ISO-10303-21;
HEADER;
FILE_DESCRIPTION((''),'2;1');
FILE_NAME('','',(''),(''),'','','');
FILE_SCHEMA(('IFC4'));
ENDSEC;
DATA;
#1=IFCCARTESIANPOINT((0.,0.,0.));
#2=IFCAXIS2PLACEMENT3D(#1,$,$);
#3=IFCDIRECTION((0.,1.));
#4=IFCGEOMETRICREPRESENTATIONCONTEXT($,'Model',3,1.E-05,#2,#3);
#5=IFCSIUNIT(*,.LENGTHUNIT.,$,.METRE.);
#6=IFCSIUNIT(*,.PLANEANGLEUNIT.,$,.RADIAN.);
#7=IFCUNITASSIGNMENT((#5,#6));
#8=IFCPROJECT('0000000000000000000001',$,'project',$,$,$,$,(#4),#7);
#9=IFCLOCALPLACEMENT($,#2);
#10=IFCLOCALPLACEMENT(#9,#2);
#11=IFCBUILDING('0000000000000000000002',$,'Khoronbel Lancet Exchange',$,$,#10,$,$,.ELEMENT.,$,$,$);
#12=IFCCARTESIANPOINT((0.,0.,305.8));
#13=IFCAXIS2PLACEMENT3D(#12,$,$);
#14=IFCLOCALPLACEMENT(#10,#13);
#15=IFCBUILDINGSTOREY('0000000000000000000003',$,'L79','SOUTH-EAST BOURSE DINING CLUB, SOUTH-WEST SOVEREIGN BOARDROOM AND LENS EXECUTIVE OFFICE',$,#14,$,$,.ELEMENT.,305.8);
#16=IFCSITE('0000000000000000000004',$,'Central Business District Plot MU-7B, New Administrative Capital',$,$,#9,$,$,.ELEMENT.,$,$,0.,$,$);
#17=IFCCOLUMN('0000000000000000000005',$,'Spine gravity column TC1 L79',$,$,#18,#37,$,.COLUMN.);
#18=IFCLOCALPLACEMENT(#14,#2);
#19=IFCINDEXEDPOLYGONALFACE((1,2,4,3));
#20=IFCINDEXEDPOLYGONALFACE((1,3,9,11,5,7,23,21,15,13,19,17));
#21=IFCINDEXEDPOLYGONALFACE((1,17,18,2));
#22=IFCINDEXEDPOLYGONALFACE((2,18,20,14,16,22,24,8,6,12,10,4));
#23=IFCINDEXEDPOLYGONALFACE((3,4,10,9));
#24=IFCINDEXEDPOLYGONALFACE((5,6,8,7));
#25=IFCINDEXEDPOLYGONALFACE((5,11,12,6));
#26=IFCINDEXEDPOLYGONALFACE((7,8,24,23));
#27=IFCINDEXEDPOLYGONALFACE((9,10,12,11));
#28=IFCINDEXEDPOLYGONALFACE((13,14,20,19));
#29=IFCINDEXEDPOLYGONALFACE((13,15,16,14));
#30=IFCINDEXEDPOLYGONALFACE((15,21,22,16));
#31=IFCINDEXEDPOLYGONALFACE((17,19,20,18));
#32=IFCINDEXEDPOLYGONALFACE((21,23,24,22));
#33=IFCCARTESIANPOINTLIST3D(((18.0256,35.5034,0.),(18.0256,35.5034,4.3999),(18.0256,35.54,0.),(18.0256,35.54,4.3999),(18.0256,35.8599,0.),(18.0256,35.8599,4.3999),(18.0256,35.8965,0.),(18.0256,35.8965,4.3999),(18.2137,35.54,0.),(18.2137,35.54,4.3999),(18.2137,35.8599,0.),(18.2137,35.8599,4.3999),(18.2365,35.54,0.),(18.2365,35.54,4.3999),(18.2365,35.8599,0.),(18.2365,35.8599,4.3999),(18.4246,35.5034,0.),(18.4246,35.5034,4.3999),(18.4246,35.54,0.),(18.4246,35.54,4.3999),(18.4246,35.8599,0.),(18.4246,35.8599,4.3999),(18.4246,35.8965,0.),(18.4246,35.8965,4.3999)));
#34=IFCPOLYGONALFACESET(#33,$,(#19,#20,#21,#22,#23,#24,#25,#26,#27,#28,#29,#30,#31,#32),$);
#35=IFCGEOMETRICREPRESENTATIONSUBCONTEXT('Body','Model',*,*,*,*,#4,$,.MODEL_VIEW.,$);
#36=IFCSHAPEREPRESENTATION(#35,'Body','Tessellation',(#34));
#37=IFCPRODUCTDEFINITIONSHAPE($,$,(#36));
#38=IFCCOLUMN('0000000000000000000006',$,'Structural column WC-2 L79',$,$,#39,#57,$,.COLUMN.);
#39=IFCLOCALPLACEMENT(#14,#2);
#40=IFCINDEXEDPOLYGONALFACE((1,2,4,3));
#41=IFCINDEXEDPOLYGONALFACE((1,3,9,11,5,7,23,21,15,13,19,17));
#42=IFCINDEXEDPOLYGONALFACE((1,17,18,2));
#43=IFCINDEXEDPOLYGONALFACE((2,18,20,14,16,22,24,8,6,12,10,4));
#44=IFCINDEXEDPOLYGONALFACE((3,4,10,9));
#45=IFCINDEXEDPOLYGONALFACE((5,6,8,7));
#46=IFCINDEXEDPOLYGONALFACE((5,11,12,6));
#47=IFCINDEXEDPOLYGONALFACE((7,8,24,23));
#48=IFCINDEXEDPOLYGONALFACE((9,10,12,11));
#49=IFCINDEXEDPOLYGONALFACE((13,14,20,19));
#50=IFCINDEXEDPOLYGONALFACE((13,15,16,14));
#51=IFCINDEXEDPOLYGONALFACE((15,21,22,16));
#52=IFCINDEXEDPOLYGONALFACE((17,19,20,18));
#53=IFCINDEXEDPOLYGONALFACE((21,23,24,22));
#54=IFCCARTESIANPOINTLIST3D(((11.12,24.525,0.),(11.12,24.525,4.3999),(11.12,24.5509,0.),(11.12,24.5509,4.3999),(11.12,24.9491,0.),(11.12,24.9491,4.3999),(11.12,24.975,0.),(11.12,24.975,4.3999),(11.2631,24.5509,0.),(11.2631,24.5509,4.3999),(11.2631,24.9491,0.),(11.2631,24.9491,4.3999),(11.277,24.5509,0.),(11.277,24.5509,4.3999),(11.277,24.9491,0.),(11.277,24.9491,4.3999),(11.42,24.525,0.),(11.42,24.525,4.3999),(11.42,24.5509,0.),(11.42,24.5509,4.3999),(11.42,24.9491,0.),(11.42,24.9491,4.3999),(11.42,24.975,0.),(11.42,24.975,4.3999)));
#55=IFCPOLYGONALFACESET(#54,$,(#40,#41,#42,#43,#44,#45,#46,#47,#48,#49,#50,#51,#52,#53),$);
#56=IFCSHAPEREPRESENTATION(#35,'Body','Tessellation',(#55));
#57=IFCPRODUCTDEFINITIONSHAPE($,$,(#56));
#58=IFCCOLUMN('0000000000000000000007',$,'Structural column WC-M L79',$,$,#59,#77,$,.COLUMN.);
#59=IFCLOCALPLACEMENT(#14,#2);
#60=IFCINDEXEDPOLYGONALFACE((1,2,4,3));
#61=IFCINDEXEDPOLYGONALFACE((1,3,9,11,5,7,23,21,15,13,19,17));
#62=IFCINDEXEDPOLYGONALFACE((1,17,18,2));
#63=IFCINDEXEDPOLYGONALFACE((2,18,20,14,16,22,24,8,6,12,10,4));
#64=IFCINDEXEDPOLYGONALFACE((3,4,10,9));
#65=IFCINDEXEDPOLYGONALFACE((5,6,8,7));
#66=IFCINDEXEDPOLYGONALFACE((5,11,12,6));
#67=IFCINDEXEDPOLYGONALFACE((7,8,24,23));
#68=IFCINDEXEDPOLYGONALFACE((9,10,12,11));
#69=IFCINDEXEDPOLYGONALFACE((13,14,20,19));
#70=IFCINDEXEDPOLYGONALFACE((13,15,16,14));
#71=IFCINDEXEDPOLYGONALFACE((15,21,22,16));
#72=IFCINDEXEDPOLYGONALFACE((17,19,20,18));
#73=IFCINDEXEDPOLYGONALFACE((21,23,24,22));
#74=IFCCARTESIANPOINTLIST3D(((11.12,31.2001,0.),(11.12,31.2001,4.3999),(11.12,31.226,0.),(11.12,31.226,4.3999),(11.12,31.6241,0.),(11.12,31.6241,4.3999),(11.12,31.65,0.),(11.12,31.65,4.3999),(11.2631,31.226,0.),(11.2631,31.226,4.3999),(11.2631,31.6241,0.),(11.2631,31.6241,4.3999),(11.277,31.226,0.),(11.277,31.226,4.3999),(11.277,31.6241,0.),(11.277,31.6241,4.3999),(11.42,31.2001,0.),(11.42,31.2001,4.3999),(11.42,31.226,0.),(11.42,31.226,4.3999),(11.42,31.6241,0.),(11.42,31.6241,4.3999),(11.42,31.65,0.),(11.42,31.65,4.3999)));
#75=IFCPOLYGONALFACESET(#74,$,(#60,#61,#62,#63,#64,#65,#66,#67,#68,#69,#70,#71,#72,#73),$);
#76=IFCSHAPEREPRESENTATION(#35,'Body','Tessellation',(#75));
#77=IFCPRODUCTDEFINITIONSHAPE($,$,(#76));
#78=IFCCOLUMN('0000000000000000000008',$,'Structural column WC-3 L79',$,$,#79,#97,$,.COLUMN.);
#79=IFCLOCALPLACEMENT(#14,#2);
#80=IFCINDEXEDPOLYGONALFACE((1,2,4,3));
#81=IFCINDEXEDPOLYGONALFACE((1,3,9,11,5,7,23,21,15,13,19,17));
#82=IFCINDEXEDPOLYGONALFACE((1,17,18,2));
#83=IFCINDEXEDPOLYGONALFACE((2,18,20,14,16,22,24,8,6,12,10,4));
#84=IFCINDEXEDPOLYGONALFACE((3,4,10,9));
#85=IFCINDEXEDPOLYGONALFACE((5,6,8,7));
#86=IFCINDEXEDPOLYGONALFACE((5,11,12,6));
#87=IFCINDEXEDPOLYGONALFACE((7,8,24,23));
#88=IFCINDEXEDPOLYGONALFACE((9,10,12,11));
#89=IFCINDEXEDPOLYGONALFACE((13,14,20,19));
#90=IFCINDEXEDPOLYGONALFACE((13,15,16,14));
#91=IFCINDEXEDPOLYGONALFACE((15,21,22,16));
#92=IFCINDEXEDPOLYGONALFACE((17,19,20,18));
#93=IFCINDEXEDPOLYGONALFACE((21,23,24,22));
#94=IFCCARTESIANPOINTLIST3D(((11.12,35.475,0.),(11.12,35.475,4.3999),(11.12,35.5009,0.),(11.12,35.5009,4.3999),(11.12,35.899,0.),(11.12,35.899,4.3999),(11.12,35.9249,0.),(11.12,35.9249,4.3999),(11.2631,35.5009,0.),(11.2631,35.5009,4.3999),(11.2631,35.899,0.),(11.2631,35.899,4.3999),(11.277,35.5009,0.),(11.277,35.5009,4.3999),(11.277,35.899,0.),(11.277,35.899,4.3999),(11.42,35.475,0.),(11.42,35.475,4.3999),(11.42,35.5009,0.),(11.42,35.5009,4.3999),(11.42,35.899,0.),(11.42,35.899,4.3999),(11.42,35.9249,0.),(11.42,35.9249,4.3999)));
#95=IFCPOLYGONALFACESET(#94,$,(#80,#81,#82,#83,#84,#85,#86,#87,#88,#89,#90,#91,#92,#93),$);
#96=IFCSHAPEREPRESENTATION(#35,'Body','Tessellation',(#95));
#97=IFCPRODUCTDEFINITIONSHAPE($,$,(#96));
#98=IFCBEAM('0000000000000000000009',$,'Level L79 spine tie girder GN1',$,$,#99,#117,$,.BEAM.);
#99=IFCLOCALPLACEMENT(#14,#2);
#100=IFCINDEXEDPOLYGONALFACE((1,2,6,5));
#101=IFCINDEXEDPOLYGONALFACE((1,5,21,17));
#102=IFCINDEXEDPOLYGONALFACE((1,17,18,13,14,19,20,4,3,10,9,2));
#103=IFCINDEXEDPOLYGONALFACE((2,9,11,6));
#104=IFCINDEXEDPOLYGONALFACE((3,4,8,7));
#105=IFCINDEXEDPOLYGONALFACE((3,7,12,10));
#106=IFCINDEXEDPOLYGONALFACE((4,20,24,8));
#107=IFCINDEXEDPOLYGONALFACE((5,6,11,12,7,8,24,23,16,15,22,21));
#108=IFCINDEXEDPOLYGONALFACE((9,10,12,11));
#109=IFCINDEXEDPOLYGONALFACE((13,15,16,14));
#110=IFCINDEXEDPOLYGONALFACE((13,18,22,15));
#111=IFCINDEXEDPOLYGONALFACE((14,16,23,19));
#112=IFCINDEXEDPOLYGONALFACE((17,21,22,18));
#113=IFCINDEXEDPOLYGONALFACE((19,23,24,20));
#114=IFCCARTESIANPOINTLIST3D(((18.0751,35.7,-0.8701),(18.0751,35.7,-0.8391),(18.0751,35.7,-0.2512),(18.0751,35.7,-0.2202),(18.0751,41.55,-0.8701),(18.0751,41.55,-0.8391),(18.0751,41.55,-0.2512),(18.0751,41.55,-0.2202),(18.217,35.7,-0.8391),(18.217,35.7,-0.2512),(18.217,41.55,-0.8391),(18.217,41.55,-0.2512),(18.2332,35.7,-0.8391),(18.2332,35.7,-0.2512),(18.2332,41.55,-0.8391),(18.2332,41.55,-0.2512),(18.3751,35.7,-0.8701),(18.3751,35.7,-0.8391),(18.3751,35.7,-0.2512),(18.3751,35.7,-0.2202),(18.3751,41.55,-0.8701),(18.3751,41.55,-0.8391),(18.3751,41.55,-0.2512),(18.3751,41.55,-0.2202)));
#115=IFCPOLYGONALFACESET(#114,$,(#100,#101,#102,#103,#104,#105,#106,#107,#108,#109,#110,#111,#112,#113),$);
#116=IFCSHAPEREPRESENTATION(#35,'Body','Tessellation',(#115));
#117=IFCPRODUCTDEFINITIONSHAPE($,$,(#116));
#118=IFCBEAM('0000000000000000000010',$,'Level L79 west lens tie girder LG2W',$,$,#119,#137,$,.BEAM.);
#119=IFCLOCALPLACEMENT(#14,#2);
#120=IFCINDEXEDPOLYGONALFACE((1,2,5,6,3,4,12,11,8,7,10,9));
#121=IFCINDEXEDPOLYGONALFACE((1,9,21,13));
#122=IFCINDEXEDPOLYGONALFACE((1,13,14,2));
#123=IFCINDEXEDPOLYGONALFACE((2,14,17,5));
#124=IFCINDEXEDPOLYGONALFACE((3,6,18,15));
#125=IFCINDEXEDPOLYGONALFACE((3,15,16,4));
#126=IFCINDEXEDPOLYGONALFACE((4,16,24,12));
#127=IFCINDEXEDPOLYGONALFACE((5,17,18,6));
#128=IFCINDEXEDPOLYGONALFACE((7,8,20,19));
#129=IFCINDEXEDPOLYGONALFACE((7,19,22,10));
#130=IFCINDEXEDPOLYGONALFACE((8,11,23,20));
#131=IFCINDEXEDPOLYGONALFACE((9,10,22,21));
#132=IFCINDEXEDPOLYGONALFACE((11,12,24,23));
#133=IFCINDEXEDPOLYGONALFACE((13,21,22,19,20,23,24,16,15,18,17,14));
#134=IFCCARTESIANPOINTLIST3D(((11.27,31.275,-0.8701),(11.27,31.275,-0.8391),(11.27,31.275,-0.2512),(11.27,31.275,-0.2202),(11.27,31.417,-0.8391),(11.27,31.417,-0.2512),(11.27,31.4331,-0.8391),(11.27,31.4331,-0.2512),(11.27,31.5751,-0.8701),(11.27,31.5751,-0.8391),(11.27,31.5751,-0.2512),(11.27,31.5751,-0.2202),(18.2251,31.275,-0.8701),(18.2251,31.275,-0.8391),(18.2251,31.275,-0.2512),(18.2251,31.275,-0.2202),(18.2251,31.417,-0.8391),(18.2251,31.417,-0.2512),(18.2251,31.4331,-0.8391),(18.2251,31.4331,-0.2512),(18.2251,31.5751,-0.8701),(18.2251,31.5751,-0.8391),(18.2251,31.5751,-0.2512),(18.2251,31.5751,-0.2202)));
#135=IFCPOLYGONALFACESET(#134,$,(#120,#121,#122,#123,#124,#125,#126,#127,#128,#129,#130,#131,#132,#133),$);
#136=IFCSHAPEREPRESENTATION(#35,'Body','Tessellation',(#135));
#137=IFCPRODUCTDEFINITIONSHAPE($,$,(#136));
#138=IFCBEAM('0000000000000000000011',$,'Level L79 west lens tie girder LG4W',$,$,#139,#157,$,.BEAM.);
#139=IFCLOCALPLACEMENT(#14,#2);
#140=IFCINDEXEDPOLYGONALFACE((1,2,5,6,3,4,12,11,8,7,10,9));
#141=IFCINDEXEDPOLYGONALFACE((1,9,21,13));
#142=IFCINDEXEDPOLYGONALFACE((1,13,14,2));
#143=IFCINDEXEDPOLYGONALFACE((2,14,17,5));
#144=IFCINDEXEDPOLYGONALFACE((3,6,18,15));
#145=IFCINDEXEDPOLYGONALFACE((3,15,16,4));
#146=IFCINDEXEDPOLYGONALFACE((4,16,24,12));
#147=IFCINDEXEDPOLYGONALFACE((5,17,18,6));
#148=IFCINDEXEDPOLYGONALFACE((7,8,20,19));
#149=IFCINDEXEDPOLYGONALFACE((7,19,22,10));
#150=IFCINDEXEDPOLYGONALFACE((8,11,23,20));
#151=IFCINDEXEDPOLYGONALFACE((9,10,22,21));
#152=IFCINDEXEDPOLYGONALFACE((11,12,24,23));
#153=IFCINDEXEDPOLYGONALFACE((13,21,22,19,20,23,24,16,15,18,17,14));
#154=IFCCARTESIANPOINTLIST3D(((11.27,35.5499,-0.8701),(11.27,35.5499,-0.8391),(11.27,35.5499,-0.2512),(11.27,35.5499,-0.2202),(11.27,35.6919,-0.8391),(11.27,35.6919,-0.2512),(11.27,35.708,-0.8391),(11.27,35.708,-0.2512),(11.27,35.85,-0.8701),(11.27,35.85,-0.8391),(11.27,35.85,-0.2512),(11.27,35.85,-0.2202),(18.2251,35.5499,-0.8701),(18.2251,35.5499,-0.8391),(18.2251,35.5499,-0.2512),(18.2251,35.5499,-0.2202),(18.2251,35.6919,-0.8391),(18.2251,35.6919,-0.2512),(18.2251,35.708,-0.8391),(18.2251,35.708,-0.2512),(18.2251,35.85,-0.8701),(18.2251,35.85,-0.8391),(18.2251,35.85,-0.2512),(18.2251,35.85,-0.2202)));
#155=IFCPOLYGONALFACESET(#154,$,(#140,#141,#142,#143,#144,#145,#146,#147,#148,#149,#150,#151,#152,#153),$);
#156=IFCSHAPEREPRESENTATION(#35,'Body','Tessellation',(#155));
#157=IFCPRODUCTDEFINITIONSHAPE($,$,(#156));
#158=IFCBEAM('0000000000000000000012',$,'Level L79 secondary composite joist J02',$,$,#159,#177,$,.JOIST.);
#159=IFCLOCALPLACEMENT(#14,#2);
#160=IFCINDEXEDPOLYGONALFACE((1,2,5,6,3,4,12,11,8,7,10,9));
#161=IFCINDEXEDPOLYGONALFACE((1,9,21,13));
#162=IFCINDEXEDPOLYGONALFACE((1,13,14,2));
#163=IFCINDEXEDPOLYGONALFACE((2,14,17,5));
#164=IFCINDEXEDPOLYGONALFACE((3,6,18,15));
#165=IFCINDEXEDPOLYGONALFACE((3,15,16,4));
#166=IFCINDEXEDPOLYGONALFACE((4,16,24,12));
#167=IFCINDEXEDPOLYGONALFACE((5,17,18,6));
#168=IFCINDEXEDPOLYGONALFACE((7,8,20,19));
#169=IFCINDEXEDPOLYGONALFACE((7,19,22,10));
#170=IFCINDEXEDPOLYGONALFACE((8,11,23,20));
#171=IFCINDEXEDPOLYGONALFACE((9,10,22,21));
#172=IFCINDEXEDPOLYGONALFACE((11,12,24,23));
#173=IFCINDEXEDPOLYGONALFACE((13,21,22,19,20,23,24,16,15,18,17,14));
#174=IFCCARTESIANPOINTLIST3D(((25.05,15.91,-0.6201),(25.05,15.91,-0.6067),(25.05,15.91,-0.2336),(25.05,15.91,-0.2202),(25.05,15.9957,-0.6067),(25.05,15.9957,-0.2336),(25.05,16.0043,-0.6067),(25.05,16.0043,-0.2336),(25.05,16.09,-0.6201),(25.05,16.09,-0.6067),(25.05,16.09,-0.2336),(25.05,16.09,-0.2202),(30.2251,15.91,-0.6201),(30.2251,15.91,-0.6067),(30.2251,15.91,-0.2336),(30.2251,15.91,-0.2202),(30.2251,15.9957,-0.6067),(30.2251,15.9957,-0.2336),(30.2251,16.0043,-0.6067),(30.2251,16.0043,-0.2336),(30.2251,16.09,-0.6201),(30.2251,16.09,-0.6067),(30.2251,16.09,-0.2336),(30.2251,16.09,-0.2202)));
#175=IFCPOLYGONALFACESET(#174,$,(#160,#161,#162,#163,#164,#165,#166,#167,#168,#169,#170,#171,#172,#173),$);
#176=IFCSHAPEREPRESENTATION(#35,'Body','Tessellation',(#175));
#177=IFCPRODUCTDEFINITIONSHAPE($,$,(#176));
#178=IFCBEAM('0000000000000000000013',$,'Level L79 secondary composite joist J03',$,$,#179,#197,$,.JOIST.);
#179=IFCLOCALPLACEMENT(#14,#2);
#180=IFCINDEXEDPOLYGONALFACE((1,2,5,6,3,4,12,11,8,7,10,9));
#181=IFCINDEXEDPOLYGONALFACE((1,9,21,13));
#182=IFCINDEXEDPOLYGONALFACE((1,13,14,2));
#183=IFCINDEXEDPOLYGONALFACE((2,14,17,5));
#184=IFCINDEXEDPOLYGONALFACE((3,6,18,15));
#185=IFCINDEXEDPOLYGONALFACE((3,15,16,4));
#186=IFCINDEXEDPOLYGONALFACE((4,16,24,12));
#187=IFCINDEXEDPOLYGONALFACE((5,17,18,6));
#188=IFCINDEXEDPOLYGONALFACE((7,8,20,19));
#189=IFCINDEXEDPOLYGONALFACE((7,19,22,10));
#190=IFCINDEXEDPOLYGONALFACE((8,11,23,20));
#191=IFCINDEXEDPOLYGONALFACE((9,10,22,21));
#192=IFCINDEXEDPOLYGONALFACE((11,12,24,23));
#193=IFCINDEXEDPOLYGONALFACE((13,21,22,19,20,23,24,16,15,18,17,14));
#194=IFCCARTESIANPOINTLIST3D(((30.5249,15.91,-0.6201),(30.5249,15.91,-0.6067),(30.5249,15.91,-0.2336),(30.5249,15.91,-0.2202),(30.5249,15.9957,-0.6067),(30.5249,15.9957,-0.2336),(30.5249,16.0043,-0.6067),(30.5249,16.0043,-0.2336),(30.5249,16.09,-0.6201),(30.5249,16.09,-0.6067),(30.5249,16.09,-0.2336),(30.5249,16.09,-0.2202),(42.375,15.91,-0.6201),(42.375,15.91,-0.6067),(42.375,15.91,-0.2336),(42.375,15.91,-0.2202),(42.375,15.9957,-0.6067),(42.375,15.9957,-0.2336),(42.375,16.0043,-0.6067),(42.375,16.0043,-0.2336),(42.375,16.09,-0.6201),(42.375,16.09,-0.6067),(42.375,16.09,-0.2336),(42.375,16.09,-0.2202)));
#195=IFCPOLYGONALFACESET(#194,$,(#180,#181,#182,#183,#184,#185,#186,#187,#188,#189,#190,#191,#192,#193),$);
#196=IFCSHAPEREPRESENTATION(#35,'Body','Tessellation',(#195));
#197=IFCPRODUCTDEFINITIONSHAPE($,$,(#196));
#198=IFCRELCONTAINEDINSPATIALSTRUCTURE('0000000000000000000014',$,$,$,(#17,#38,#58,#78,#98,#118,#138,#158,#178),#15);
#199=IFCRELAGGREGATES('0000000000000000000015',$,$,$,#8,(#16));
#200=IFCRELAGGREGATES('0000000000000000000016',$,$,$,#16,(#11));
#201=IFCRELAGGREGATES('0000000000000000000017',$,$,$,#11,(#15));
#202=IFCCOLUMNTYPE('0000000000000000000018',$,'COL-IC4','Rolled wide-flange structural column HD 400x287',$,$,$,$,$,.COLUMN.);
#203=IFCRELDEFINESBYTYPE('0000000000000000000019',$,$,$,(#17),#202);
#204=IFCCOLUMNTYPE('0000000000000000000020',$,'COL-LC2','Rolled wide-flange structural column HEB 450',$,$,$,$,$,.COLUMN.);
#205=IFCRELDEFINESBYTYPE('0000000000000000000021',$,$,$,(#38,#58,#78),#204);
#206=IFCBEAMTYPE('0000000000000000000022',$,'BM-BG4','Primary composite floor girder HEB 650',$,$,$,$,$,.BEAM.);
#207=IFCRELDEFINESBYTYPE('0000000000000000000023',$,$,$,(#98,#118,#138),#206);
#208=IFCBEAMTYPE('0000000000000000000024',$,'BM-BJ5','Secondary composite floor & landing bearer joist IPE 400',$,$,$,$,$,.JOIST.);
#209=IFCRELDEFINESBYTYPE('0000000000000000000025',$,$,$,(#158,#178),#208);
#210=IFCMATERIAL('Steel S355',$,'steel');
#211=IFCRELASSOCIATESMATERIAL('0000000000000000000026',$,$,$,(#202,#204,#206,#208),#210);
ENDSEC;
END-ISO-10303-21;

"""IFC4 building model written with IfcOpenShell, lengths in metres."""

from ifc_helpers import new_model, si_unit, direction, frame, origin, origin_2d, place, context, subcontext, project, spatial, i_section, extrude, material, material_profile, profile_set, type_object, element, save


model = new_model("IFC4")

# Units and contexts
model_context = context("Model", 3, precision=1e-05, world=origin(), true_north=direction((0.0, 1.0)))
body_context = subcontext(model_context, "Body", "Model", "MODEL_VIEW")
ifc_project = project(units=[si_unit("LENGTHUNIT", "METRE"), si_unit("PLANEANGLEUNIT", "RADIAN")], contexts=[model_context])

# Site, building, storey
site_placement = place(None, origin())
site = spatial("IfcSite", under=ifc_project, at=site_placement, Name="Central Business District Plot MU-7B, New Administrative Capital", CompositionType="ELEMENT", RefElevation=0.0)
building_placement = place(site_placement, origin())
building = spatial("IfcBuilding", under=site, at=building_placement, Name="Khoronbel Lancet Exchange", CompositionType="ELEMENT")
storey_placement = place(building_placement, frame((0.0, 0.0, 305.8)))
storey = spatial("IfcBuildingStorey", under=building, at=storey_placement, Name="L79", Description="SOUTH-EAST BOURSE DINING CLUB, SOUTH-WEST SOVEREIGN BOARDROOM AND LENS EXECUTIVE OFFICE", CompositionType="ELEMENT", Elevation=305.8)

# Columns
ifc_material_1 = material(Name="Steel S355", Category="steel")
ifc_material_profile_1 = material_profile(ifc_material_1, i_section(OverallWidth=0.3989, OverallDepth=0.3931, WebThickness=0.0227, FlangeThickness=0.0366, at=origin_2d()), Name="HD 400x287")
ifc_profile_set_1 = profile_set([ifc_material_profile_1], Name="Steel S355")
column_type_1 = type_object("IfcColumnType", Name="COL-IC4", Description="Rolled wide-flange structural column HD 400x287", PredefinedType="COLUMN", material=ifc_profile_set_1)
column_placement = place(storey_placement, frame((18.2251, 35.7, 0.0), z_axis=(0.0, 0.0, 1.0), x_axis=(1.0, 0.0, 0.0)))
element("IfcColumn", 1, at=column_placement, inside=storey, type_object=column_type_1, Name="Spine gravity column TC1 L79", PredefinedType="COLUMN", context=body_context, shape_type="SweptSolid", body=[
    extrude(i_section(OverallWidth=0.3989, OverallDepth=0.3931, WebThickness=0.0227, FlangeThickness=0.0366, at=origin_2d()), origin(), (0.0, 0.0, 1.0), 4.3999),
])
ifc_material_profile_2 = material_profile(ifc_material_1, i_section(OverallWidth=0.3, OverallDepth=0.45, WebThickness=0.0139, FlangeThickness=0.0259, at=origin_2d()), Name="HEB 450")
ifc_profile_set_2 = profile_set([ifc_material_profile_2], Name="Steel S355")
column_type_2 = type_object("IfcColumnType", Name="COL-LC2", Description="Rolled wide-flange structural column HEB 450", PredefinedType="COLUMN", material=ifc_profile_set_2)
for number, where, z_axis, x_axis, name in (
    (2, (11.27, 24.75, 0.0), (0.0, 0.0, 1.0), (1.0, 0.0, 0.0), "Structural column WC-2 L79"),
    (3, (11.27, 31.425, 0.0), (0.0, 0.0, 1.0), (1.0, 0.0, 0.0), "Structural column WC-M L79"),
    (4, (11.27, 35.7, 0.0), (0.0, 0.0, 1.0), (1.0, 0.0, 0.0), "Structural column WC-3 L79"),
):
    element("IfcColumn", number, at=place(storey_placement, frame(where, z_axis=z_axis, x_axis=x_axis)), inside=storey, type_object=column_type_2, Name=name, PredefinedType="COLUMN", context=body_context, shape_type="SweptSolid", body=[
        extrude(i_section(OverallWidth=0.3, OverallDepth=0.45, WebThickness=0.0139, FlangeThickness=0.0259, at=origin_2d()), origin(), (0.0, 0.0, 1.0), 4.3999),
    ])

# Beams
ifc_material_profile_3 = material_profile(ifc_material_1, i_section(OverallWidth=0.3, OverallDepth=0.6499, WebThickness=0.0161, FlangeThickness=0.031, at=origin_2d()), Name="HEB 650")
ifc_profile_set_3 = profile_set([ifc_material_profile_3], Name="Steel S355")
beam_type_1 = type_object("IfcBeamType", Name="BM-BG4", Description="Primary composite floor girder HEB 650", PredefinedType="BEAM", material=ifc_profile_set_3)
beam_1_placement = place(storey_placement, frame((18.2251, 35.7, -0.5452), z_axis=(0.0, 1.0, 0.0), x_axis=(-1.0, 0.0, 0.0)))
element("IfcBeam", 5, at=beam_1_placement, inside=storey, type_object=beam_type_1, Name="Level L79 spine tie girder GN1", PredefinedType="BEAM", context=body_context, shape_type="SweptSolid", body=[
    extrude(i_section(OverallWidth=0.3, OverallDepth=0.6499, WebThickness=0.0161, FlangeThickness=0.031, at=origin_2d()), origin(), (0.0, 0.0, 1.0), 5.8501),
])
for number, where, z_axis, x_axis, name in (
    (6, (11.27, 31.425, -0.5452), (1.0, 0.0, 0.0), (0.0, 1.0, 0.0), "Level L79 west lens tie girder LG2W"),
    (7, (11.27, 35.7, -0.5452), (1.0, 0.0, 0.0), (0.0, 1.0, 0.0), "Level L79 west lens tie girder LG4W"),
):
    element("IfcBeam", number, at=place(storey_placement, frame(where, z_axis=z_axis, x_axis=x_axis)), inside=storey, type_object=beam_type_1, Name=name, PredefinedType="BEAM", context=body_context, shape_type="SweptSolid", body=[
        extrude(i_section(OverallWidth=0.3, OverallDepth=0.6499, WebThickness=0.0161, FlangeThickness=0.031, at=origin_2d()), origin(), (0.0, 0.0, 1.0), 6.9551),
    ])
ifc_material_profile_4 = material_profile(ifc_material_1, i_section(OverallWidth=0.1799, OverallDepth=0.3999, WebThickness=0.0085, FlangeThickness=0.0134, at=origin_2d()), Name="IPE 400")
ifc_profile_set_4 = profile_set([ifc_material_profile_4], Name="Steel S355")
beam_type_2 = type_object("IfcBeamType", Name="BM-BJ5", Description="Secondary composite floor & landing bearer joist IPE 400", PredefinedType="JOIST", material=ifc_profile_set_4)
beam_2_placement = place(storey_placement, frame((25.05, 16.0, -0.4202), z_axis=(1.0, 0.0, 0.0), x_axis=(0.0, 1.0, 0.0)))
element("IfcBeam", 8, at=beam_2_placement, inside=storey, type_object=beam_type_2, Name="Level L79 secondary composite joist J02", PredefinedType="JOIST", context=body_context, shape_type="SweptSolid", body=[
    extrude(i_section(OverallWidth=0.1799, OverallDepth=0.3999, WebThickness=0.0085, FlangeThickness=0.0134, at=origin_2d()), origin(), (0.0, 0.0, 1.0), 5.175),
])
beam_3_placement = place(storey_placement, frame((30.5249, 16.0, -0.4202), z_axis=(1.0, 0.0, 0.0), x_axis=(0.0, 1.0, 0.0)))
element("IfcBeam", 9, at=beam_3_placement, inside=storey, type_object=beam_type_2, Name="Level L79 secondary composite joist J03", PredefinedType="JOIST", context=body_context, shape_type="SweptSolid", body=[
    extrude(i_section(OverallWidth=0.1799, OverallDepth=0.3999, WebThickness=0.0085, FlangeThickness=0.0134, at=origin_2d()), origin(), (0.0, 0.0, 1.0), 11.8501),
])

save(model, "model.ifc")
